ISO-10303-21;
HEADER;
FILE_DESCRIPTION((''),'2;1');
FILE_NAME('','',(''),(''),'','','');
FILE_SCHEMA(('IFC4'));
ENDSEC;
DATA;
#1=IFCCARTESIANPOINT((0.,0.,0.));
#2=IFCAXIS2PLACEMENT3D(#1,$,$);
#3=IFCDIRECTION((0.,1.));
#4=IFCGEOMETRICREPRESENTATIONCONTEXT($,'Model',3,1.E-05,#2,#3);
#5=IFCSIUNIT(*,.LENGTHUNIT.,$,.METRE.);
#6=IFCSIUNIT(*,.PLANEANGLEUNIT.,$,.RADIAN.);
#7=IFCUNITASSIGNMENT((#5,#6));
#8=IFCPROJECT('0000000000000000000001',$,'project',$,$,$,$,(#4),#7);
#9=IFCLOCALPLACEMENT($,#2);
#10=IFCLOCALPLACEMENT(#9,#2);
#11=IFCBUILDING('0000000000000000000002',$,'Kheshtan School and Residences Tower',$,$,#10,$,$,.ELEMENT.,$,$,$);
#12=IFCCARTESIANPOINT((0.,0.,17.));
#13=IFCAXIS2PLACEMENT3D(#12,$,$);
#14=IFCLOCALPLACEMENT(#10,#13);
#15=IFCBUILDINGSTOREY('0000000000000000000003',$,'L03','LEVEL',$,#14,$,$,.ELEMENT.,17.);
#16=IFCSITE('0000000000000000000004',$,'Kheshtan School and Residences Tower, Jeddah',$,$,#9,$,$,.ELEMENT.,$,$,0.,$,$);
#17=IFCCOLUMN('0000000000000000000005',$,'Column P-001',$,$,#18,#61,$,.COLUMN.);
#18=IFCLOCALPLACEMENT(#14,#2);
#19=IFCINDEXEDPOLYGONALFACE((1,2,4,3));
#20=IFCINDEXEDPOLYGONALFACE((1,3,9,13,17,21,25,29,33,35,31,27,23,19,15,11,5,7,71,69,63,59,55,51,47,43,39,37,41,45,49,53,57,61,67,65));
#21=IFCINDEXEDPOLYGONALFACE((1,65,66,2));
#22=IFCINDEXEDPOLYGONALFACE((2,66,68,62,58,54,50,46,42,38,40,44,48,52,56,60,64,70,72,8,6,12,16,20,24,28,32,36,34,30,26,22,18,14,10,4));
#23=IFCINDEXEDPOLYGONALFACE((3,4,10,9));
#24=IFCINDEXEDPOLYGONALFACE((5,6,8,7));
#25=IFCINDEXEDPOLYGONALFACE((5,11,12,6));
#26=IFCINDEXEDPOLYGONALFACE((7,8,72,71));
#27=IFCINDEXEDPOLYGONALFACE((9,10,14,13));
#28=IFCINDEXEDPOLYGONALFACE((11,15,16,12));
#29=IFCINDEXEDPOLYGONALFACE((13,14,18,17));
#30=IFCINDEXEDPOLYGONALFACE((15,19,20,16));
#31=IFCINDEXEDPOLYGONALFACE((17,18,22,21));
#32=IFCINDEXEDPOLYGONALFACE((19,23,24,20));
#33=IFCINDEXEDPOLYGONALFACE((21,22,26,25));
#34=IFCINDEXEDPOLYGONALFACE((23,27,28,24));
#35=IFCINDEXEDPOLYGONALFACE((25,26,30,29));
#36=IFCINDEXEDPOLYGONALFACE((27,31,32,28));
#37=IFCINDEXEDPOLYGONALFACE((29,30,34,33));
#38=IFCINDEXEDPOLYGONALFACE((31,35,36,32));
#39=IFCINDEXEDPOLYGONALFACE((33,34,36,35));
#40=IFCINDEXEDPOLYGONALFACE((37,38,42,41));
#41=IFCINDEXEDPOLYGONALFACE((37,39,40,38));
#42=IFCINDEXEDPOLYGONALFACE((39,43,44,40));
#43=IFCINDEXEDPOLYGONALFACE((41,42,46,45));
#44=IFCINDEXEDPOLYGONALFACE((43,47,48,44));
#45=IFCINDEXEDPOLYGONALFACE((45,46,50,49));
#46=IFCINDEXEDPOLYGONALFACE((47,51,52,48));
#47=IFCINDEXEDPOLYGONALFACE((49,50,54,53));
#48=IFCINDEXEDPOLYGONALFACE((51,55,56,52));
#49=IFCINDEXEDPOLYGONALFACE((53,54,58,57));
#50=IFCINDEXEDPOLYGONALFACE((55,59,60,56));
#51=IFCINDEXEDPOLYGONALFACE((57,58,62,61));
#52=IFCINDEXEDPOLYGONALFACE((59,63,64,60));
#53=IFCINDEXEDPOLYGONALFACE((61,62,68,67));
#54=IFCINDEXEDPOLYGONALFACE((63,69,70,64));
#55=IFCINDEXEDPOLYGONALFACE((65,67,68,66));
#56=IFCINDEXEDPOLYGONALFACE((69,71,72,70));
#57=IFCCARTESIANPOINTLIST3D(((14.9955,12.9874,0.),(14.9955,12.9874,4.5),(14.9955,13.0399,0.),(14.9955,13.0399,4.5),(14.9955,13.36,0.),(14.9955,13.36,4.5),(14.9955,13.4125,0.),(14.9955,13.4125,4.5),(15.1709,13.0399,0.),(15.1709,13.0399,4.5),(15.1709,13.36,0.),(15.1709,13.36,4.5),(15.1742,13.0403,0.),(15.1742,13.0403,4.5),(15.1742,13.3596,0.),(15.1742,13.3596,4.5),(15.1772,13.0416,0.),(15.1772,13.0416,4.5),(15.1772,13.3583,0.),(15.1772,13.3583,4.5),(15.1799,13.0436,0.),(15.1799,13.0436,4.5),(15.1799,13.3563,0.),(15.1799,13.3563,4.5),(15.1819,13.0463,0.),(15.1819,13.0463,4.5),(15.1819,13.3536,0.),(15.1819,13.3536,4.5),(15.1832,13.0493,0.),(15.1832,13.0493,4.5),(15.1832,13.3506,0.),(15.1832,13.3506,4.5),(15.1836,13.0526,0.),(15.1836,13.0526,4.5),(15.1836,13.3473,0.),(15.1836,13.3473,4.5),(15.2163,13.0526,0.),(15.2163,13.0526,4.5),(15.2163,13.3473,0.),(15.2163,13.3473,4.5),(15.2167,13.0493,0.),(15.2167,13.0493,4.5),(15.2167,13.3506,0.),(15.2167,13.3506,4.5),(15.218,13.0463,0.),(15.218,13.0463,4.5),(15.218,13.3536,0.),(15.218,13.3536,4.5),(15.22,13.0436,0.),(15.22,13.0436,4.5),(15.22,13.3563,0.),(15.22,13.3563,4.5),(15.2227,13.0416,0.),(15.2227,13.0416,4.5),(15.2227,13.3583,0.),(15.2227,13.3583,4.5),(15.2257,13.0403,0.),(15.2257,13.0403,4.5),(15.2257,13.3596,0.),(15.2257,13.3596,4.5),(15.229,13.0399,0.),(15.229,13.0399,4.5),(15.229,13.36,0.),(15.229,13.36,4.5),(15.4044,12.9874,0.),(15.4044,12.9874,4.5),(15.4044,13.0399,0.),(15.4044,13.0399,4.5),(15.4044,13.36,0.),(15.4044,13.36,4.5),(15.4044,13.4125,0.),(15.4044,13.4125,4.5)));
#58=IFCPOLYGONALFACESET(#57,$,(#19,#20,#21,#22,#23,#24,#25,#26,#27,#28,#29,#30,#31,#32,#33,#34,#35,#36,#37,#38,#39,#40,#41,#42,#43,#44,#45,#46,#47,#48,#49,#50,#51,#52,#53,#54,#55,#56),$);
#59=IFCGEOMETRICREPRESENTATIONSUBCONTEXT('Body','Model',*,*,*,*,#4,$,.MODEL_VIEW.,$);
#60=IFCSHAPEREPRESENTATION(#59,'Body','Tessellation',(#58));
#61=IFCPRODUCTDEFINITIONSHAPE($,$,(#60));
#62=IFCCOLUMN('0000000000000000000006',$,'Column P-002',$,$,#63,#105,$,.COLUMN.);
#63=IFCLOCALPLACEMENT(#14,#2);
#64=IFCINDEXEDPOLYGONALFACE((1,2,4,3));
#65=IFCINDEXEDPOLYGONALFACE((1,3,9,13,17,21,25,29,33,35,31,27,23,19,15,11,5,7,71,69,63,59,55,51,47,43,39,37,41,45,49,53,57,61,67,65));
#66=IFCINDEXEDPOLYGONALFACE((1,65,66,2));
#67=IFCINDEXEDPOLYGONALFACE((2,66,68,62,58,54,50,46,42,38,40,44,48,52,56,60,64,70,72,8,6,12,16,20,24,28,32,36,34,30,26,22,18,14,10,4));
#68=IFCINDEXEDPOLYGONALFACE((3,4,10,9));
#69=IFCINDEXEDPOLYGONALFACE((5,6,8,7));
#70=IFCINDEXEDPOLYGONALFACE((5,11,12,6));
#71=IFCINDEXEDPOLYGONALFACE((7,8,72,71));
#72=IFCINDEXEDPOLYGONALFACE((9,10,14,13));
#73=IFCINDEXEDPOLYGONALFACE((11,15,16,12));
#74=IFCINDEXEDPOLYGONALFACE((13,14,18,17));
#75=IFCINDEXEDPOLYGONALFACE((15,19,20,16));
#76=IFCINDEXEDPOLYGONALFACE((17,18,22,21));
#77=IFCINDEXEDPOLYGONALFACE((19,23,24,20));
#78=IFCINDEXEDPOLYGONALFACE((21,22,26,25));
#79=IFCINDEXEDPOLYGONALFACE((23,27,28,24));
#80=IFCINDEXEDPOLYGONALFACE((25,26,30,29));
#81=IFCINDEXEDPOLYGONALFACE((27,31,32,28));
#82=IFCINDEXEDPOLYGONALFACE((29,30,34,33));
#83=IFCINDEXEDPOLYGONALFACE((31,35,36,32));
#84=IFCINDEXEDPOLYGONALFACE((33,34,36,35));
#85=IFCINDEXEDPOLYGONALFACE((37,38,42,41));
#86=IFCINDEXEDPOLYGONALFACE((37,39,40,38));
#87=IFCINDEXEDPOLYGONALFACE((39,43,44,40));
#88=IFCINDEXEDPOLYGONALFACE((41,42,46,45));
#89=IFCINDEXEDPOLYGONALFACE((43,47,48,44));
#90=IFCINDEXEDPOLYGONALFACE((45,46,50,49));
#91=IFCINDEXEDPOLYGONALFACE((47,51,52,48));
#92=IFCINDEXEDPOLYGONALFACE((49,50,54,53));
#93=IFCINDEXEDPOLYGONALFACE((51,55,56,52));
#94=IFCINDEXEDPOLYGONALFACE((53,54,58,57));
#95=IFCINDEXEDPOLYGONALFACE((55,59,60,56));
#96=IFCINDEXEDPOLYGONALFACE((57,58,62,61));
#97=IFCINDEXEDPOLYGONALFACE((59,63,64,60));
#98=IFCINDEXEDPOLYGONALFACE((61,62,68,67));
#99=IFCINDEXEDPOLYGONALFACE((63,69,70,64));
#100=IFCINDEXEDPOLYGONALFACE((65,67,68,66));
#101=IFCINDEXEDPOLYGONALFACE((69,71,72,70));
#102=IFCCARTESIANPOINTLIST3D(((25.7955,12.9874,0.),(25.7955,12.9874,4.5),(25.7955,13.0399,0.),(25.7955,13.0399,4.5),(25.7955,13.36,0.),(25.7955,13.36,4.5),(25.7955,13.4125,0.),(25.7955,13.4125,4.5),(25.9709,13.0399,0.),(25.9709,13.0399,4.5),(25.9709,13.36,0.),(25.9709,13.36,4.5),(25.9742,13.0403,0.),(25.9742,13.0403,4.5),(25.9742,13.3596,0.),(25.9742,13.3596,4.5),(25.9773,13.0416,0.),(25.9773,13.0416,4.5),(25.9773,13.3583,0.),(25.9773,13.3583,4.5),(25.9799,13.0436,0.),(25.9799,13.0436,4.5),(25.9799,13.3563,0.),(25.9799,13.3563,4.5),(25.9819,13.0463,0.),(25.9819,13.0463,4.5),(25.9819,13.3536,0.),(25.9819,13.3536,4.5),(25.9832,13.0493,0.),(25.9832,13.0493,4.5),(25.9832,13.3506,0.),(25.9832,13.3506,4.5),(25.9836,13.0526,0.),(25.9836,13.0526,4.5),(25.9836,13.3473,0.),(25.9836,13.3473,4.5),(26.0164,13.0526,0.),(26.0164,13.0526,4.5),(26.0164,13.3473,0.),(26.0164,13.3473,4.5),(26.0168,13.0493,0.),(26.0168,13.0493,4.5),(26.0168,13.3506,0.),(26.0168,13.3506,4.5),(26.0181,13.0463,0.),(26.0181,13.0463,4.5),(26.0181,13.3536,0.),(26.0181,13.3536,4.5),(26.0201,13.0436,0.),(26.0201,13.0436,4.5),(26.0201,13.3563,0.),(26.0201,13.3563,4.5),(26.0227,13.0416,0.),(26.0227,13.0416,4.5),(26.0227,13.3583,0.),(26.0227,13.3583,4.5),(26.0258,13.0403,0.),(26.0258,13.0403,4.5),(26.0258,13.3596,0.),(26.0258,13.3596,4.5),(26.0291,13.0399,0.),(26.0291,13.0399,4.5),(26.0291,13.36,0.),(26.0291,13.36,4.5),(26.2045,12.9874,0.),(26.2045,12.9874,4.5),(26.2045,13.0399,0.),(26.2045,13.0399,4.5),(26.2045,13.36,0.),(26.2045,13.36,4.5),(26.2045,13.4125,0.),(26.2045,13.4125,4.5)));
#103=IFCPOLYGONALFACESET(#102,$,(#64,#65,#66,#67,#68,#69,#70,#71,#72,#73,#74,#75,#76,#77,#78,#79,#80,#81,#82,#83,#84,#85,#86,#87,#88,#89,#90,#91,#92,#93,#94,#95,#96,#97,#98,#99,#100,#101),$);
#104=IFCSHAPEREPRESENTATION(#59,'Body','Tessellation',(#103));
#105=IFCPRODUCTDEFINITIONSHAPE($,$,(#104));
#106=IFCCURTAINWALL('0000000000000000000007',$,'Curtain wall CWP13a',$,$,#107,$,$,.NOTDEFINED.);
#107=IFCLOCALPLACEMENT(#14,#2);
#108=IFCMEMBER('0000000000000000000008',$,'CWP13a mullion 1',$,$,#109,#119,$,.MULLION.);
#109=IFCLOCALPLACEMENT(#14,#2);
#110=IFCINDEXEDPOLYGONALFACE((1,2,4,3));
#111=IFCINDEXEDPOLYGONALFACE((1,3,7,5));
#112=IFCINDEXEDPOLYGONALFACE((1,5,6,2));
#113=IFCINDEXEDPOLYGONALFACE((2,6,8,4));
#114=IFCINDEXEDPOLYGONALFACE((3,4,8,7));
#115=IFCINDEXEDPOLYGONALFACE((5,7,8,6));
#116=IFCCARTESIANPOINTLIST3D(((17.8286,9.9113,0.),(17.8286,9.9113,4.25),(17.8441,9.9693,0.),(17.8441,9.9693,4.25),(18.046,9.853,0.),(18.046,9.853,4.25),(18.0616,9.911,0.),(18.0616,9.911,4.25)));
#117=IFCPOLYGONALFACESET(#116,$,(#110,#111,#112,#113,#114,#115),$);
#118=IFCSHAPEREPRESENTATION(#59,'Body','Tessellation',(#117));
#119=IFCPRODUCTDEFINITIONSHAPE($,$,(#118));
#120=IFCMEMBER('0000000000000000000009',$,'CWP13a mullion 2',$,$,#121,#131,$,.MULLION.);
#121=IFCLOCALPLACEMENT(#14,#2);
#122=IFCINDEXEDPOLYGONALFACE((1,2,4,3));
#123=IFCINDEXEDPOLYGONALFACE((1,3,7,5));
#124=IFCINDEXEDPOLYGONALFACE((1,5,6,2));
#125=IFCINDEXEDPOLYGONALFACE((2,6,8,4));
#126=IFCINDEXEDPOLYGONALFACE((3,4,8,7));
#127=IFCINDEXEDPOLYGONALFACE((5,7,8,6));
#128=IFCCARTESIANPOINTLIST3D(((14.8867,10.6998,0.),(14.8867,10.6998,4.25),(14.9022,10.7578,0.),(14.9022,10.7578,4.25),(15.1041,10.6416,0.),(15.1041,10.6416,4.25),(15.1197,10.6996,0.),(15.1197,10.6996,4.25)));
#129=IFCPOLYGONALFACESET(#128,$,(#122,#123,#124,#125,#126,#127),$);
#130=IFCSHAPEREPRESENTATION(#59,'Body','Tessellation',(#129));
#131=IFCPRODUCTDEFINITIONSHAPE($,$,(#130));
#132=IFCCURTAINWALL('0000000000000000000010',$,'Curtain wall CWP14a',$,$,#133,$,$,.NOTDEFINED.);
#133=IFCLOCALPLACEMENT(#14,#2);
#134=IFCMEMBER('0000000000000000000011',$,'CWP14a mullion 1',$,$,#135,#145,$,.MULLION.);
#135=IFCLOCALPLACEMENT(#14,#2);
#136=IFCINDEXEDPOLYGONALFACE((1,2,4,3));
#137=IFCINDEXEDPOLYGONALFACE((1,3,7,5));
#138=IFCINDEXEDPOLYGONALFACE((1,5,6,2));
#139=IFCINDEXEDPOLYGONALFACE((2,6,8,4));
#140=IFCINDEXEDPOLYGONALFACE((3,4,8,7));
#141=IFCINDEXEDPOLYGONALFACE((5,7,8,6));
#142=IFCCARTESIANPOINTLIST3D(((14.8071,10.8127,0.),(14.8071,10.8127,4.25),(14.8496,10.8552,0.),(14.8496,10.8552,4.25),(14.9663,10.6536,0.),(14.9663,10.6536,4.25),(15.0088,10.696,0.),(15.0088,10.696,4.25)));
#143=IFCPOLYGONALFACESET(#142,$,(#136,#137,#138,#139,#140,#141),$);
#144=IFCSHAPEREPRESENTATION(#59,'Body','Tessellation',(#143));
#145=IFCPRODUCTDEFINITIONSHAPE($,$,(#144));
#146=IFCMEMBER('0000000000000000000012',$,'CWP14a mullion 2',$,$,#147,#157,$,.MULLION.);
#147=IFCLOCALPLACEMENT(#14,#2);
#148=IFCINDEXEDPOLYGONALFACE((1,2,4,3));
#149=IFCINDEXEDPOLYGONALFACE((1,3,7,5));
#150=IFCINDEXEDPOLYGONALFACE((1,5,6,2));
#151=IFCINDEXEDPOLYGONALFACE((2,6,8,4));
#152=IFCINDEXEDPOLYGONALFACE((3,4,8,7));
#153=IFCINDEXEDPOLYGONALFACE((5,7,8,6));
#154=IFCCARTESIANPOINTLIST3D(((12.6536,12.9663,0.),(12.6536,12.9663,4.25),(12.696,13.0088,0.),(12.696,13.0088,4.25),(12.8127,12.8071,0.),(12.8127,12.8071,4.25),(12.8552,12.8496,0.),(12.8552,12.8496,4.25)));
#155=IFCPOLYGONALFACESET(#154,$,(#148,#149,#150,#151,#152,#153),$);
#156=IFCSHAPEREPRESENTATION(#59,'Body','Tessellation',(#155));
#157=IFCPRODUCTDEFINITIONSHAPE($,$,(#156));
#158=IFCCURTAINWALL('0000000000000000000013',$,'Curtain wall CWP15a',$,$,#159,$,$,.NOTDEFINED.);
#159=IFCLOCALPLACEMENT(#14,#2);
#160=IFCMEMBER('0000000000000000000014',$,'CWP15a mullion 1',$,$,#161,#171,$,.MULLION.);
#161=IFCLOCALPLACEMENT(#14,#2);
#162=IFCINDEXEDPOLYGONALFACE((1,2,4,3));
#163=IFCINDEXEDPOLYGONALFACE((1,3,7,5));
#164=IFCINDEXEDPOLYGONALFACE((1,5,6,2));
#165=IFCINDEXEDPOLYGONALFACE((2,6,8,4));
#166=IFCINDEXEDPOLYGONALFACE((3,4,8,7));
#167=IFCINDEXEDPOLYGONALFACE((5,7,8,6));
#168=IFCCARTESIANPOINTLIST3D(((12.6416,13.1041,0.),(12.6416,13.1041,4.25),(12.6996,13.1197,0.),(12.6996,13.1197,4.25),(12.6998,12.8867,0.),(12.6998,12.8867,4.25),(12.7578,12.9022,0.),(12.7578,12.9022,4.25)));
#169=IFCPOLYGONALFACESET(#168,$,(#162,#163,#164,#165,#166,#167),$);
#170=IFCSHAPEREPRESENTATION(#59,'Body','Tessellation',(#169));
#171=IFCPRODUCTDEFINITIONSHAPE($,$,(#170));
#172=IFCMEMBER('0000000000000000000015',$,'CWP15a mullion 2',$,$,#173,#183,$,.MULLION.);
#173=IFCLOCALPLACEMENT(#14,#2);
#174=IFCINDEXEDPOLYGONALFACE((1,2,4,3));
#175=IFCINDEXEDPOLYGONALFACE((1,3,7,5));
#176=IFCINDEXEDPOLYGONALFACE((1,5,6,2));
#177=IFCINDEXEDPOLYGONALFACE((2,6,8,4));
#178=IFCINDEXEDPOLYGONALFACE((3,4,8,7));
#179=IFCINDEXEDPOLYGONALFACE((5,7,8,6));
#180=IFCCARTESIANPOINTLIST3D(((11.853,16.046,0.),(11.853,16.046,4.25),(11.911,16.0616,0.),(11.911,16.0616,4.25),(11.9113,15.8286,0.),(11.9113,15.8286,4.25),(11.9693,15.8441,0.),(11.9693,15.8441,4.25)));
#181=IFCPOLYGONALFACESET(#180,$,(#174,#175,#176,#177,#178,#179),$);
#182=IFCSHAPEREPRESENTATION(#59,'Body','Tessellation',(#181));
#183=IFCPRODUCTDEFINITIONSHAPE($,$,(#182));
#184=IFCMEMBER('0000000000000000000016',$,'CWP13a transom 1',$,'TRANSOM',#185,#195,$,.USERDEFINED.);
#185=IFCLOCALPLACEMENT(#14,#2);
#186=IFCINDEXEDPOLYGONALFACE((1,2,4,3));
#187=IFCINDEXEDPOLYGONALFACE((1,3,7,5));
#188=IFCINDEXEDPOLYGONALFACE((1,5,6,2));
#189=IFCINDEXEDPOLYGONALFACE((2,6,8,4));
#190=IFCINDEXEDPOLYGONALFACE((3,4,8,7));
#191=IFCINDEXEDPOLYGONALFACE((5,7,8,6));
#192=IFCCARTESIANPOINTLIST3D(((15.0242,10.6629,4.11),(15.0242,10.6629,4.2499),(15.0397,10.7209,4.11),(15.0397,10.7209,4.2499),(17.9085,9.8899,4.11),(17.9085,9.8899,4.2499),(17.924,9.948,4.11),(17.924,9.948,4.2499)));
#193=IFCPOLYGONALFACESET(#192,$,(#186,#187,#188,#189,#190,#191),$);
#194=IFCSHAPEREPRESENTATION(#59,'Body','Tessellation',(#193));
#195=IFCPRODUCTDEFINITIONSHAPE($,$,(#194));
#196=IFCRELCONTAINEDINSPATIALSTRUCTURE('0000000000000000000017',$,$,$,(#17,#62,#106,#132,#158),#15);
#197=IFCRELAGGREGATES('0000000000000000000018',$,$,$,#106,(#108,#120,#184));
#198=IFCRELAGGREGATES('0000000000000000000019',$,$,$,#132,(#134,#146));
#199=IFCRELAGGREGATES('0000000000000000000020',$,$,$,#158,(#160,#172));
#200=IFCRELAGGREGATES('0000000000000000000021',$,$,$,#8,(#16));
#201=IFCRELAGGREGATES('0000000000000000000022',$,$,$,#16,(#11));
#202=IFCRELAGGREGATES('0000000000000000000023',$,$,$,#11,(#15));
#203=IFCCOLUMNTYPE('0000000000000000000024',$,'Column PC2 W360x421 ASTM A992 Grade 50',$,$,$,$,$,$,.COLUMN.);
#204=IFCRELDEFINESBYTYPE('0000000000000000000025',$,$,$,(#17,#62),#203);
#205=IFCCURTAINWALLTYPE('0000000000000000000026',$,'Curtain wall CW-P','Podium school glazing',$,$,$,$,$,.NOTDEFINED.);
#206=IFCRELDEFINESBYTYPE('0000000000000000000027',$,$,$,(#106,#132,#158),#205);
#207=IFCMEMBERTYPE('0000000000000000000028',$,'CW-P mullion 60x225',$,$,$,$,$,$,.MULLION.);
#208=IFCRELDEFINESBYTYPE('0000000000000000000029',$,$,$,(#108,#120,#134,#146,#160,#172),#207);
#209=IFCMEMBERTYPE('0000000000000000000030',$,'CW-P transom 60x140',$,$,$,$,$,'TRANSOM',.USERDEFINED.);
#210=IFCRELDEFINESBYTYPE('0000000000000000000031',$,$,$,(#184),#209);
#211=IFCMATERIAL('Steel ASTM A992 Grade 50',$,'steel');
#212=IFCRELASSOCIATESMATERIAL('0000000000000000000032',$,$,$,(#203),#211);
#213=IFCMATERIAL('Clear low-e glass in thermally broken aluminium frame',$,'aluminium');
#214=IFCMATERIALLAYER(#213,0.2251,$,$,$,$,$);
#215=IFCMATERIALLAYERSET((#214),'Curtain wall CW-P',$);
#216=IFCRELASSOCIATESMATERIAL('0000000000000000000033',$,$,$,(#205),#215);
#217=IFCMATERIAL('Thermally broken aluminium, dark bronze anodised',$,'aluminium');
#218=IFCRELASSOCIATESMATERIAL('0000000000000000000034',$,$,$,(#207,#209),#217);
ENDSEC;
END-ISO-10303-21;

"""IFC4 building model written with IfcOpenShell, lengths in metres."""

from ifc_helpers import new_model, si_unit, direction, frame, origin, origin_2d, place, context, subcontext, project, spatial, rectangle, i_section, extrude, material, layer, layer_set, material_profile, profile_set, type_object, element, aggregate, save


model = new_model("IFC4")

# Units and contexts
model_context = context("Model", 3, precision=1e-05, world=origin(), true_north=direction((0.0, 1.0)))
body_context = subcontext(model_context, "Body", "Model", "MODEL_VIEW")
ifc_project = project(units=[si_unit("LENGTHUNIT", "METRE"), si_unit("PLANEANGLEUNIT", "RADIAN")], contexts=[model_context])

# Site, building, storey
site_placement = place(None, origin())
site = spatial("IfcSite", under=ifc_project, at=site_placement, Name="Kheshtan School and Residences Tower, Jeddah", CompositionType="ELEMENT", RefElevation=0.0)
building_placement = place(site_placement, origin())
building = spatial("IfcBuilding", under=site, at=building_placement, Name="Kheshtan School and Residences Tower", CompositionType="ELEMENT")
storey_placement = place(building_placement, frame((0.0, 0.0, 17.0)))
storey = spatial("IfcBuildingStorey", under=building, at=storey_placement, Name="L03", Description="LEVEL", CompositionType="ELEMENT", Elevation=17.0)

# Columns
ifc_material_1 = material(Name="Steel ASTM A992 Grade 50", Category="steel")
ifc_material_profile_1 = material_profile(ifc_material_1, i_section(OverallWidth=0.4089, OverallDepth=0.425, WebThickness=0.0327, FlangeThickness=0.0525, FilletRadius=0.0127, at=origin_2d()), Name="W360x421")
ifc_profile_set_1 = profile_set([ifc_material_profile_1], Name="Steel ASTM A992 Grade 50")
column_type = type_object("IfcColumnType", Name="Column PC2 W360x421 ASTM A992 Grade 50", PredefinedType="COLUMN", material=ifc_profile_set_1)
for number, where, z_axis, x_axis, name in (
    (1, (15.2, 13.2, 0.0), (0.0, 0.0, 1.0), (1.0, 0.0, 0.0), "Column P-001"),
    (2, (26.0, 13.2, 0.0), (0.0, 0.0, 1.0), (1.0, 0.0, 0.0), "Column P-002"),
):
    element("IfcColumn", number, at=place(storey_placement, frame(where, z_axis=z_axis, x_axis=x_axis)), inside=storey, type_object=column_type, Name=name, PredefinedType="COLUMN", context=body_context, shape_type="SweptSolid", body=[
        extrude(i_section(OverallWidth=0.4089, OverallDepth=0.425, WebThickness=0.0327, FlangeThickness=0.0525, FilletRadius=0.0127, at=origin_2d()), origin(), (0.0, 0.0, 1.0), 4.5),
    ])

# Curtain walls, members
ifc_material_2 = material(Name="Clear low-e glass in thermally broken aluminium frame", Category="aluminium")
ifc_layer_1 = layer(ifc_material_2, 0.2251)
ifc_layer_set_1 = layer_set([ifc_layer_1], Name="Curtain wall CW-P")
curtain_wall_type = type_object("IfcCurtainWallType", Name="Curtain wall CW-P", Description="Podium school glazing", PredefinedType="NOTDEFINED", material=ifc_layer_set_1)
curtain_wall_1_placement = place(storey_placement, origin())
curtain_wall_1 = element("IfcCurtainWall", 3, at=curtain_wall_1_placement, inside=storey, type_object=curtain_wall_type, Name="Curtain wall CWP13a", PredefinedType="NOTDEFINED")
ifc_material_3 = material(Name="Thermally broken aluminium, dark bronze anodised", Category="aluminium")
ifc_material_profile_2 = material_profile(ifc_material_3, rectangle(XDim=0.0601, YDim=0.2251, at=origin_2d()), Name="CW-P mullion 60x225")
ifc_profile_set_2 = profile_set([ifc_material_profile_2], Name="Thermally broken aluminium, dark bronze anodised")
member_type_1 = type_object("IfcMemberType", Name="CW-P mullion 60x225", PredefinedType="MULLION", material=ifc_profile_set_2)
member_1_placement = place(storey_placement, frame((17.9451, 9.9111, 0.0), z_axis=(0.0, 0.0, 1.0), x_axis=(-0.258865, -0.965914, 0.0)))
member_1 = element("IfcMember", 4, at=member_1_placement, type_object=member_type_1, Name="CWP13a mullion 1", PredefinedType="MULLION", context=body_context, shape_type="SweptSolid", body=[
    extrude(rectangle(XDim=0.0601, YDim=0.2251, at=origin_2d()), origin(), (0.0, 0.0, 1.0), 4.25),
])
member_2_placement = place(storey_placement, frame((15.0032, 10.6997, 0.0), z_axis=(0.0, 0.0, 1.0), x_axis=(-0.258865, -0.965914, 0.0)))
member_2 = element("IfcMember", 5, at=member_2_placement, type_object=member_type_1, Name="CWP13a mullion 2", PredefinedType="MULLION", context=body_context, shape_type="SweptSolid", body=[
    extrude(rectangle(XDim=0.0601, YDim=0.2251, at=origin_2d()), origin(), (0.0, 0.0, 1.0), 4.25),
])
curtain_wall_2_placement = place(storey_placement, origin())
curtain_wall_2 = element("IfcCurtainWall", 6, at=curtain_wall_2_placement, inside=storey, type_object=curtain_wall_type, Name="Curtain wall CWP14a", PredefinedType="NOTDEFINED")
member_3_placement = place(storey_placement, frame((14.908, 10.7544, 0.0), z_axis=(0.0, 0.0, 1.0), x_axis=(-0.707107, -0.707107, 0.0)))
member_3 = element("IfcMember", 7, at=member_3_placement, type_object=member_type_1, Name="CWP14a mullion 1", PredefinedType="MULLION", context=body_context, shape_type="SweptSolid", body=[
    extrude(rectangle(XDim=0.0601, YDim=0.2251, at=origin_2d()), origin(), (0.0, 0.0, 1.0), 4.25),
])
member_4_placement = place(storey_placement, frame((12.7544, 12.908, 0.0), z_axis=(0.0, 0.0, 1.0), x_axis=(-0.707107, -0.707107, 0.0)))
member_4 = element("IfcMember", 8, at=member_4_placement, type_object=member_type_1, Name="CWP14a mullion 2", PredefinedType="MULLION", context=body_context, shape_type="SweptSolid", body=[
    extrude(rectangle(XDim=0.0601, YDim=0.2251, at=origin_2d()), origin(), (0.0, 0.0, 1.0), 4.25),
])
curtain_wall_3_placement = place(storey_placement, origin())
curtain_wall_3 = element("IfcCurtainWall", 9, at=curtain_wall_3_placement, inside=storey, type_object=curtain_wall_type, Name="Curtain wall CWP15a", PredefinedType="NOTDEFINED")
member_5_placement = place(storey_placement, frame((12.6997, 13.0032, 0.0), z_axis=(0.0, 0.0, 1.0), x_axis=(-0.965914, -0.258865, 0.0)))
member_5 = element("IfcMember", 10, at=member_5_placement, type_object=member_type_1, Name="CWP15a mullion 1", PredefinedType="MULLION", context=body_context, shape_type="SweptSolid", body=[
    extrude(rectangle(XDim=0.0601, YDim=0.2251, at=origin_2d()), origin(), (0.0, 0.0, 1.0), 4.25),
])
member_6_placement = place(storey_placement, frame((11.9111, 15.9451, 0.0), z_axis=(0.0, 0.0, 1.0), x_axis=(-0.965914, -0.258865, 0.0)))
member_6 = element("IfcMember", 11, at=member_6_placement, type_object=member_type_1, Name="CWP15a mullion 2", PredefinedType="MULLION", context=body_context, shape_type="SweptSolid", body=[
    extrude(rectangle(XDim=0.0601, YDim=0.2251, at=origin_2d()), origin(), (0.0, 0.0, 1.0), 4.25),
])

# Member
ifc_material_profile_3 = material_profile(ifc_material_3, rectangle(XDim=0.0601, YDim=0.1399, at=origin_2d()), Name="CW-P transom 60x140")
ifc_profile_set_3 = profile_set([ifc_material_profile_3], Name="Thermally broken aluminium, dark bronze anodised")
member_type_2 = type_object("IfcMemberType", Name="CW-P transom 60x140", ElementType="TRANSOM", PredefinedType="USERDEFINED", material=ifc_profile_set_3)
member_7_placement = place(storey_placement, frame((17.9163, 9.9189, 4.1799), z_axis=(-0.965917, 0.258853, 0.0), x_axis=(-0.258853, -0.965917, 0.0)))
member_7 = element("IfcMember", 12, at=member_7_placement, type_object=member_type_2, Name="CWP13a transom 1", ObjectType="TRANSOM", PredefinedType="USERDEFINED", context=body_context, shape_type="SweptSolid", body=[
    extrude(rectangle(XDim=0.0601, YDim=0.1399, at=origin_2d()), origin(), (0.0, 0.0, 1.0), 2.9861),
])

aggregate(curtain_wall_1, [member_1, member_2, member_7])
aggregate(curtain_wall_2, [member_3, member_4])
aggregate(curtain_wall_3, [member_5, member_6])

save(model, "model.ifc")
